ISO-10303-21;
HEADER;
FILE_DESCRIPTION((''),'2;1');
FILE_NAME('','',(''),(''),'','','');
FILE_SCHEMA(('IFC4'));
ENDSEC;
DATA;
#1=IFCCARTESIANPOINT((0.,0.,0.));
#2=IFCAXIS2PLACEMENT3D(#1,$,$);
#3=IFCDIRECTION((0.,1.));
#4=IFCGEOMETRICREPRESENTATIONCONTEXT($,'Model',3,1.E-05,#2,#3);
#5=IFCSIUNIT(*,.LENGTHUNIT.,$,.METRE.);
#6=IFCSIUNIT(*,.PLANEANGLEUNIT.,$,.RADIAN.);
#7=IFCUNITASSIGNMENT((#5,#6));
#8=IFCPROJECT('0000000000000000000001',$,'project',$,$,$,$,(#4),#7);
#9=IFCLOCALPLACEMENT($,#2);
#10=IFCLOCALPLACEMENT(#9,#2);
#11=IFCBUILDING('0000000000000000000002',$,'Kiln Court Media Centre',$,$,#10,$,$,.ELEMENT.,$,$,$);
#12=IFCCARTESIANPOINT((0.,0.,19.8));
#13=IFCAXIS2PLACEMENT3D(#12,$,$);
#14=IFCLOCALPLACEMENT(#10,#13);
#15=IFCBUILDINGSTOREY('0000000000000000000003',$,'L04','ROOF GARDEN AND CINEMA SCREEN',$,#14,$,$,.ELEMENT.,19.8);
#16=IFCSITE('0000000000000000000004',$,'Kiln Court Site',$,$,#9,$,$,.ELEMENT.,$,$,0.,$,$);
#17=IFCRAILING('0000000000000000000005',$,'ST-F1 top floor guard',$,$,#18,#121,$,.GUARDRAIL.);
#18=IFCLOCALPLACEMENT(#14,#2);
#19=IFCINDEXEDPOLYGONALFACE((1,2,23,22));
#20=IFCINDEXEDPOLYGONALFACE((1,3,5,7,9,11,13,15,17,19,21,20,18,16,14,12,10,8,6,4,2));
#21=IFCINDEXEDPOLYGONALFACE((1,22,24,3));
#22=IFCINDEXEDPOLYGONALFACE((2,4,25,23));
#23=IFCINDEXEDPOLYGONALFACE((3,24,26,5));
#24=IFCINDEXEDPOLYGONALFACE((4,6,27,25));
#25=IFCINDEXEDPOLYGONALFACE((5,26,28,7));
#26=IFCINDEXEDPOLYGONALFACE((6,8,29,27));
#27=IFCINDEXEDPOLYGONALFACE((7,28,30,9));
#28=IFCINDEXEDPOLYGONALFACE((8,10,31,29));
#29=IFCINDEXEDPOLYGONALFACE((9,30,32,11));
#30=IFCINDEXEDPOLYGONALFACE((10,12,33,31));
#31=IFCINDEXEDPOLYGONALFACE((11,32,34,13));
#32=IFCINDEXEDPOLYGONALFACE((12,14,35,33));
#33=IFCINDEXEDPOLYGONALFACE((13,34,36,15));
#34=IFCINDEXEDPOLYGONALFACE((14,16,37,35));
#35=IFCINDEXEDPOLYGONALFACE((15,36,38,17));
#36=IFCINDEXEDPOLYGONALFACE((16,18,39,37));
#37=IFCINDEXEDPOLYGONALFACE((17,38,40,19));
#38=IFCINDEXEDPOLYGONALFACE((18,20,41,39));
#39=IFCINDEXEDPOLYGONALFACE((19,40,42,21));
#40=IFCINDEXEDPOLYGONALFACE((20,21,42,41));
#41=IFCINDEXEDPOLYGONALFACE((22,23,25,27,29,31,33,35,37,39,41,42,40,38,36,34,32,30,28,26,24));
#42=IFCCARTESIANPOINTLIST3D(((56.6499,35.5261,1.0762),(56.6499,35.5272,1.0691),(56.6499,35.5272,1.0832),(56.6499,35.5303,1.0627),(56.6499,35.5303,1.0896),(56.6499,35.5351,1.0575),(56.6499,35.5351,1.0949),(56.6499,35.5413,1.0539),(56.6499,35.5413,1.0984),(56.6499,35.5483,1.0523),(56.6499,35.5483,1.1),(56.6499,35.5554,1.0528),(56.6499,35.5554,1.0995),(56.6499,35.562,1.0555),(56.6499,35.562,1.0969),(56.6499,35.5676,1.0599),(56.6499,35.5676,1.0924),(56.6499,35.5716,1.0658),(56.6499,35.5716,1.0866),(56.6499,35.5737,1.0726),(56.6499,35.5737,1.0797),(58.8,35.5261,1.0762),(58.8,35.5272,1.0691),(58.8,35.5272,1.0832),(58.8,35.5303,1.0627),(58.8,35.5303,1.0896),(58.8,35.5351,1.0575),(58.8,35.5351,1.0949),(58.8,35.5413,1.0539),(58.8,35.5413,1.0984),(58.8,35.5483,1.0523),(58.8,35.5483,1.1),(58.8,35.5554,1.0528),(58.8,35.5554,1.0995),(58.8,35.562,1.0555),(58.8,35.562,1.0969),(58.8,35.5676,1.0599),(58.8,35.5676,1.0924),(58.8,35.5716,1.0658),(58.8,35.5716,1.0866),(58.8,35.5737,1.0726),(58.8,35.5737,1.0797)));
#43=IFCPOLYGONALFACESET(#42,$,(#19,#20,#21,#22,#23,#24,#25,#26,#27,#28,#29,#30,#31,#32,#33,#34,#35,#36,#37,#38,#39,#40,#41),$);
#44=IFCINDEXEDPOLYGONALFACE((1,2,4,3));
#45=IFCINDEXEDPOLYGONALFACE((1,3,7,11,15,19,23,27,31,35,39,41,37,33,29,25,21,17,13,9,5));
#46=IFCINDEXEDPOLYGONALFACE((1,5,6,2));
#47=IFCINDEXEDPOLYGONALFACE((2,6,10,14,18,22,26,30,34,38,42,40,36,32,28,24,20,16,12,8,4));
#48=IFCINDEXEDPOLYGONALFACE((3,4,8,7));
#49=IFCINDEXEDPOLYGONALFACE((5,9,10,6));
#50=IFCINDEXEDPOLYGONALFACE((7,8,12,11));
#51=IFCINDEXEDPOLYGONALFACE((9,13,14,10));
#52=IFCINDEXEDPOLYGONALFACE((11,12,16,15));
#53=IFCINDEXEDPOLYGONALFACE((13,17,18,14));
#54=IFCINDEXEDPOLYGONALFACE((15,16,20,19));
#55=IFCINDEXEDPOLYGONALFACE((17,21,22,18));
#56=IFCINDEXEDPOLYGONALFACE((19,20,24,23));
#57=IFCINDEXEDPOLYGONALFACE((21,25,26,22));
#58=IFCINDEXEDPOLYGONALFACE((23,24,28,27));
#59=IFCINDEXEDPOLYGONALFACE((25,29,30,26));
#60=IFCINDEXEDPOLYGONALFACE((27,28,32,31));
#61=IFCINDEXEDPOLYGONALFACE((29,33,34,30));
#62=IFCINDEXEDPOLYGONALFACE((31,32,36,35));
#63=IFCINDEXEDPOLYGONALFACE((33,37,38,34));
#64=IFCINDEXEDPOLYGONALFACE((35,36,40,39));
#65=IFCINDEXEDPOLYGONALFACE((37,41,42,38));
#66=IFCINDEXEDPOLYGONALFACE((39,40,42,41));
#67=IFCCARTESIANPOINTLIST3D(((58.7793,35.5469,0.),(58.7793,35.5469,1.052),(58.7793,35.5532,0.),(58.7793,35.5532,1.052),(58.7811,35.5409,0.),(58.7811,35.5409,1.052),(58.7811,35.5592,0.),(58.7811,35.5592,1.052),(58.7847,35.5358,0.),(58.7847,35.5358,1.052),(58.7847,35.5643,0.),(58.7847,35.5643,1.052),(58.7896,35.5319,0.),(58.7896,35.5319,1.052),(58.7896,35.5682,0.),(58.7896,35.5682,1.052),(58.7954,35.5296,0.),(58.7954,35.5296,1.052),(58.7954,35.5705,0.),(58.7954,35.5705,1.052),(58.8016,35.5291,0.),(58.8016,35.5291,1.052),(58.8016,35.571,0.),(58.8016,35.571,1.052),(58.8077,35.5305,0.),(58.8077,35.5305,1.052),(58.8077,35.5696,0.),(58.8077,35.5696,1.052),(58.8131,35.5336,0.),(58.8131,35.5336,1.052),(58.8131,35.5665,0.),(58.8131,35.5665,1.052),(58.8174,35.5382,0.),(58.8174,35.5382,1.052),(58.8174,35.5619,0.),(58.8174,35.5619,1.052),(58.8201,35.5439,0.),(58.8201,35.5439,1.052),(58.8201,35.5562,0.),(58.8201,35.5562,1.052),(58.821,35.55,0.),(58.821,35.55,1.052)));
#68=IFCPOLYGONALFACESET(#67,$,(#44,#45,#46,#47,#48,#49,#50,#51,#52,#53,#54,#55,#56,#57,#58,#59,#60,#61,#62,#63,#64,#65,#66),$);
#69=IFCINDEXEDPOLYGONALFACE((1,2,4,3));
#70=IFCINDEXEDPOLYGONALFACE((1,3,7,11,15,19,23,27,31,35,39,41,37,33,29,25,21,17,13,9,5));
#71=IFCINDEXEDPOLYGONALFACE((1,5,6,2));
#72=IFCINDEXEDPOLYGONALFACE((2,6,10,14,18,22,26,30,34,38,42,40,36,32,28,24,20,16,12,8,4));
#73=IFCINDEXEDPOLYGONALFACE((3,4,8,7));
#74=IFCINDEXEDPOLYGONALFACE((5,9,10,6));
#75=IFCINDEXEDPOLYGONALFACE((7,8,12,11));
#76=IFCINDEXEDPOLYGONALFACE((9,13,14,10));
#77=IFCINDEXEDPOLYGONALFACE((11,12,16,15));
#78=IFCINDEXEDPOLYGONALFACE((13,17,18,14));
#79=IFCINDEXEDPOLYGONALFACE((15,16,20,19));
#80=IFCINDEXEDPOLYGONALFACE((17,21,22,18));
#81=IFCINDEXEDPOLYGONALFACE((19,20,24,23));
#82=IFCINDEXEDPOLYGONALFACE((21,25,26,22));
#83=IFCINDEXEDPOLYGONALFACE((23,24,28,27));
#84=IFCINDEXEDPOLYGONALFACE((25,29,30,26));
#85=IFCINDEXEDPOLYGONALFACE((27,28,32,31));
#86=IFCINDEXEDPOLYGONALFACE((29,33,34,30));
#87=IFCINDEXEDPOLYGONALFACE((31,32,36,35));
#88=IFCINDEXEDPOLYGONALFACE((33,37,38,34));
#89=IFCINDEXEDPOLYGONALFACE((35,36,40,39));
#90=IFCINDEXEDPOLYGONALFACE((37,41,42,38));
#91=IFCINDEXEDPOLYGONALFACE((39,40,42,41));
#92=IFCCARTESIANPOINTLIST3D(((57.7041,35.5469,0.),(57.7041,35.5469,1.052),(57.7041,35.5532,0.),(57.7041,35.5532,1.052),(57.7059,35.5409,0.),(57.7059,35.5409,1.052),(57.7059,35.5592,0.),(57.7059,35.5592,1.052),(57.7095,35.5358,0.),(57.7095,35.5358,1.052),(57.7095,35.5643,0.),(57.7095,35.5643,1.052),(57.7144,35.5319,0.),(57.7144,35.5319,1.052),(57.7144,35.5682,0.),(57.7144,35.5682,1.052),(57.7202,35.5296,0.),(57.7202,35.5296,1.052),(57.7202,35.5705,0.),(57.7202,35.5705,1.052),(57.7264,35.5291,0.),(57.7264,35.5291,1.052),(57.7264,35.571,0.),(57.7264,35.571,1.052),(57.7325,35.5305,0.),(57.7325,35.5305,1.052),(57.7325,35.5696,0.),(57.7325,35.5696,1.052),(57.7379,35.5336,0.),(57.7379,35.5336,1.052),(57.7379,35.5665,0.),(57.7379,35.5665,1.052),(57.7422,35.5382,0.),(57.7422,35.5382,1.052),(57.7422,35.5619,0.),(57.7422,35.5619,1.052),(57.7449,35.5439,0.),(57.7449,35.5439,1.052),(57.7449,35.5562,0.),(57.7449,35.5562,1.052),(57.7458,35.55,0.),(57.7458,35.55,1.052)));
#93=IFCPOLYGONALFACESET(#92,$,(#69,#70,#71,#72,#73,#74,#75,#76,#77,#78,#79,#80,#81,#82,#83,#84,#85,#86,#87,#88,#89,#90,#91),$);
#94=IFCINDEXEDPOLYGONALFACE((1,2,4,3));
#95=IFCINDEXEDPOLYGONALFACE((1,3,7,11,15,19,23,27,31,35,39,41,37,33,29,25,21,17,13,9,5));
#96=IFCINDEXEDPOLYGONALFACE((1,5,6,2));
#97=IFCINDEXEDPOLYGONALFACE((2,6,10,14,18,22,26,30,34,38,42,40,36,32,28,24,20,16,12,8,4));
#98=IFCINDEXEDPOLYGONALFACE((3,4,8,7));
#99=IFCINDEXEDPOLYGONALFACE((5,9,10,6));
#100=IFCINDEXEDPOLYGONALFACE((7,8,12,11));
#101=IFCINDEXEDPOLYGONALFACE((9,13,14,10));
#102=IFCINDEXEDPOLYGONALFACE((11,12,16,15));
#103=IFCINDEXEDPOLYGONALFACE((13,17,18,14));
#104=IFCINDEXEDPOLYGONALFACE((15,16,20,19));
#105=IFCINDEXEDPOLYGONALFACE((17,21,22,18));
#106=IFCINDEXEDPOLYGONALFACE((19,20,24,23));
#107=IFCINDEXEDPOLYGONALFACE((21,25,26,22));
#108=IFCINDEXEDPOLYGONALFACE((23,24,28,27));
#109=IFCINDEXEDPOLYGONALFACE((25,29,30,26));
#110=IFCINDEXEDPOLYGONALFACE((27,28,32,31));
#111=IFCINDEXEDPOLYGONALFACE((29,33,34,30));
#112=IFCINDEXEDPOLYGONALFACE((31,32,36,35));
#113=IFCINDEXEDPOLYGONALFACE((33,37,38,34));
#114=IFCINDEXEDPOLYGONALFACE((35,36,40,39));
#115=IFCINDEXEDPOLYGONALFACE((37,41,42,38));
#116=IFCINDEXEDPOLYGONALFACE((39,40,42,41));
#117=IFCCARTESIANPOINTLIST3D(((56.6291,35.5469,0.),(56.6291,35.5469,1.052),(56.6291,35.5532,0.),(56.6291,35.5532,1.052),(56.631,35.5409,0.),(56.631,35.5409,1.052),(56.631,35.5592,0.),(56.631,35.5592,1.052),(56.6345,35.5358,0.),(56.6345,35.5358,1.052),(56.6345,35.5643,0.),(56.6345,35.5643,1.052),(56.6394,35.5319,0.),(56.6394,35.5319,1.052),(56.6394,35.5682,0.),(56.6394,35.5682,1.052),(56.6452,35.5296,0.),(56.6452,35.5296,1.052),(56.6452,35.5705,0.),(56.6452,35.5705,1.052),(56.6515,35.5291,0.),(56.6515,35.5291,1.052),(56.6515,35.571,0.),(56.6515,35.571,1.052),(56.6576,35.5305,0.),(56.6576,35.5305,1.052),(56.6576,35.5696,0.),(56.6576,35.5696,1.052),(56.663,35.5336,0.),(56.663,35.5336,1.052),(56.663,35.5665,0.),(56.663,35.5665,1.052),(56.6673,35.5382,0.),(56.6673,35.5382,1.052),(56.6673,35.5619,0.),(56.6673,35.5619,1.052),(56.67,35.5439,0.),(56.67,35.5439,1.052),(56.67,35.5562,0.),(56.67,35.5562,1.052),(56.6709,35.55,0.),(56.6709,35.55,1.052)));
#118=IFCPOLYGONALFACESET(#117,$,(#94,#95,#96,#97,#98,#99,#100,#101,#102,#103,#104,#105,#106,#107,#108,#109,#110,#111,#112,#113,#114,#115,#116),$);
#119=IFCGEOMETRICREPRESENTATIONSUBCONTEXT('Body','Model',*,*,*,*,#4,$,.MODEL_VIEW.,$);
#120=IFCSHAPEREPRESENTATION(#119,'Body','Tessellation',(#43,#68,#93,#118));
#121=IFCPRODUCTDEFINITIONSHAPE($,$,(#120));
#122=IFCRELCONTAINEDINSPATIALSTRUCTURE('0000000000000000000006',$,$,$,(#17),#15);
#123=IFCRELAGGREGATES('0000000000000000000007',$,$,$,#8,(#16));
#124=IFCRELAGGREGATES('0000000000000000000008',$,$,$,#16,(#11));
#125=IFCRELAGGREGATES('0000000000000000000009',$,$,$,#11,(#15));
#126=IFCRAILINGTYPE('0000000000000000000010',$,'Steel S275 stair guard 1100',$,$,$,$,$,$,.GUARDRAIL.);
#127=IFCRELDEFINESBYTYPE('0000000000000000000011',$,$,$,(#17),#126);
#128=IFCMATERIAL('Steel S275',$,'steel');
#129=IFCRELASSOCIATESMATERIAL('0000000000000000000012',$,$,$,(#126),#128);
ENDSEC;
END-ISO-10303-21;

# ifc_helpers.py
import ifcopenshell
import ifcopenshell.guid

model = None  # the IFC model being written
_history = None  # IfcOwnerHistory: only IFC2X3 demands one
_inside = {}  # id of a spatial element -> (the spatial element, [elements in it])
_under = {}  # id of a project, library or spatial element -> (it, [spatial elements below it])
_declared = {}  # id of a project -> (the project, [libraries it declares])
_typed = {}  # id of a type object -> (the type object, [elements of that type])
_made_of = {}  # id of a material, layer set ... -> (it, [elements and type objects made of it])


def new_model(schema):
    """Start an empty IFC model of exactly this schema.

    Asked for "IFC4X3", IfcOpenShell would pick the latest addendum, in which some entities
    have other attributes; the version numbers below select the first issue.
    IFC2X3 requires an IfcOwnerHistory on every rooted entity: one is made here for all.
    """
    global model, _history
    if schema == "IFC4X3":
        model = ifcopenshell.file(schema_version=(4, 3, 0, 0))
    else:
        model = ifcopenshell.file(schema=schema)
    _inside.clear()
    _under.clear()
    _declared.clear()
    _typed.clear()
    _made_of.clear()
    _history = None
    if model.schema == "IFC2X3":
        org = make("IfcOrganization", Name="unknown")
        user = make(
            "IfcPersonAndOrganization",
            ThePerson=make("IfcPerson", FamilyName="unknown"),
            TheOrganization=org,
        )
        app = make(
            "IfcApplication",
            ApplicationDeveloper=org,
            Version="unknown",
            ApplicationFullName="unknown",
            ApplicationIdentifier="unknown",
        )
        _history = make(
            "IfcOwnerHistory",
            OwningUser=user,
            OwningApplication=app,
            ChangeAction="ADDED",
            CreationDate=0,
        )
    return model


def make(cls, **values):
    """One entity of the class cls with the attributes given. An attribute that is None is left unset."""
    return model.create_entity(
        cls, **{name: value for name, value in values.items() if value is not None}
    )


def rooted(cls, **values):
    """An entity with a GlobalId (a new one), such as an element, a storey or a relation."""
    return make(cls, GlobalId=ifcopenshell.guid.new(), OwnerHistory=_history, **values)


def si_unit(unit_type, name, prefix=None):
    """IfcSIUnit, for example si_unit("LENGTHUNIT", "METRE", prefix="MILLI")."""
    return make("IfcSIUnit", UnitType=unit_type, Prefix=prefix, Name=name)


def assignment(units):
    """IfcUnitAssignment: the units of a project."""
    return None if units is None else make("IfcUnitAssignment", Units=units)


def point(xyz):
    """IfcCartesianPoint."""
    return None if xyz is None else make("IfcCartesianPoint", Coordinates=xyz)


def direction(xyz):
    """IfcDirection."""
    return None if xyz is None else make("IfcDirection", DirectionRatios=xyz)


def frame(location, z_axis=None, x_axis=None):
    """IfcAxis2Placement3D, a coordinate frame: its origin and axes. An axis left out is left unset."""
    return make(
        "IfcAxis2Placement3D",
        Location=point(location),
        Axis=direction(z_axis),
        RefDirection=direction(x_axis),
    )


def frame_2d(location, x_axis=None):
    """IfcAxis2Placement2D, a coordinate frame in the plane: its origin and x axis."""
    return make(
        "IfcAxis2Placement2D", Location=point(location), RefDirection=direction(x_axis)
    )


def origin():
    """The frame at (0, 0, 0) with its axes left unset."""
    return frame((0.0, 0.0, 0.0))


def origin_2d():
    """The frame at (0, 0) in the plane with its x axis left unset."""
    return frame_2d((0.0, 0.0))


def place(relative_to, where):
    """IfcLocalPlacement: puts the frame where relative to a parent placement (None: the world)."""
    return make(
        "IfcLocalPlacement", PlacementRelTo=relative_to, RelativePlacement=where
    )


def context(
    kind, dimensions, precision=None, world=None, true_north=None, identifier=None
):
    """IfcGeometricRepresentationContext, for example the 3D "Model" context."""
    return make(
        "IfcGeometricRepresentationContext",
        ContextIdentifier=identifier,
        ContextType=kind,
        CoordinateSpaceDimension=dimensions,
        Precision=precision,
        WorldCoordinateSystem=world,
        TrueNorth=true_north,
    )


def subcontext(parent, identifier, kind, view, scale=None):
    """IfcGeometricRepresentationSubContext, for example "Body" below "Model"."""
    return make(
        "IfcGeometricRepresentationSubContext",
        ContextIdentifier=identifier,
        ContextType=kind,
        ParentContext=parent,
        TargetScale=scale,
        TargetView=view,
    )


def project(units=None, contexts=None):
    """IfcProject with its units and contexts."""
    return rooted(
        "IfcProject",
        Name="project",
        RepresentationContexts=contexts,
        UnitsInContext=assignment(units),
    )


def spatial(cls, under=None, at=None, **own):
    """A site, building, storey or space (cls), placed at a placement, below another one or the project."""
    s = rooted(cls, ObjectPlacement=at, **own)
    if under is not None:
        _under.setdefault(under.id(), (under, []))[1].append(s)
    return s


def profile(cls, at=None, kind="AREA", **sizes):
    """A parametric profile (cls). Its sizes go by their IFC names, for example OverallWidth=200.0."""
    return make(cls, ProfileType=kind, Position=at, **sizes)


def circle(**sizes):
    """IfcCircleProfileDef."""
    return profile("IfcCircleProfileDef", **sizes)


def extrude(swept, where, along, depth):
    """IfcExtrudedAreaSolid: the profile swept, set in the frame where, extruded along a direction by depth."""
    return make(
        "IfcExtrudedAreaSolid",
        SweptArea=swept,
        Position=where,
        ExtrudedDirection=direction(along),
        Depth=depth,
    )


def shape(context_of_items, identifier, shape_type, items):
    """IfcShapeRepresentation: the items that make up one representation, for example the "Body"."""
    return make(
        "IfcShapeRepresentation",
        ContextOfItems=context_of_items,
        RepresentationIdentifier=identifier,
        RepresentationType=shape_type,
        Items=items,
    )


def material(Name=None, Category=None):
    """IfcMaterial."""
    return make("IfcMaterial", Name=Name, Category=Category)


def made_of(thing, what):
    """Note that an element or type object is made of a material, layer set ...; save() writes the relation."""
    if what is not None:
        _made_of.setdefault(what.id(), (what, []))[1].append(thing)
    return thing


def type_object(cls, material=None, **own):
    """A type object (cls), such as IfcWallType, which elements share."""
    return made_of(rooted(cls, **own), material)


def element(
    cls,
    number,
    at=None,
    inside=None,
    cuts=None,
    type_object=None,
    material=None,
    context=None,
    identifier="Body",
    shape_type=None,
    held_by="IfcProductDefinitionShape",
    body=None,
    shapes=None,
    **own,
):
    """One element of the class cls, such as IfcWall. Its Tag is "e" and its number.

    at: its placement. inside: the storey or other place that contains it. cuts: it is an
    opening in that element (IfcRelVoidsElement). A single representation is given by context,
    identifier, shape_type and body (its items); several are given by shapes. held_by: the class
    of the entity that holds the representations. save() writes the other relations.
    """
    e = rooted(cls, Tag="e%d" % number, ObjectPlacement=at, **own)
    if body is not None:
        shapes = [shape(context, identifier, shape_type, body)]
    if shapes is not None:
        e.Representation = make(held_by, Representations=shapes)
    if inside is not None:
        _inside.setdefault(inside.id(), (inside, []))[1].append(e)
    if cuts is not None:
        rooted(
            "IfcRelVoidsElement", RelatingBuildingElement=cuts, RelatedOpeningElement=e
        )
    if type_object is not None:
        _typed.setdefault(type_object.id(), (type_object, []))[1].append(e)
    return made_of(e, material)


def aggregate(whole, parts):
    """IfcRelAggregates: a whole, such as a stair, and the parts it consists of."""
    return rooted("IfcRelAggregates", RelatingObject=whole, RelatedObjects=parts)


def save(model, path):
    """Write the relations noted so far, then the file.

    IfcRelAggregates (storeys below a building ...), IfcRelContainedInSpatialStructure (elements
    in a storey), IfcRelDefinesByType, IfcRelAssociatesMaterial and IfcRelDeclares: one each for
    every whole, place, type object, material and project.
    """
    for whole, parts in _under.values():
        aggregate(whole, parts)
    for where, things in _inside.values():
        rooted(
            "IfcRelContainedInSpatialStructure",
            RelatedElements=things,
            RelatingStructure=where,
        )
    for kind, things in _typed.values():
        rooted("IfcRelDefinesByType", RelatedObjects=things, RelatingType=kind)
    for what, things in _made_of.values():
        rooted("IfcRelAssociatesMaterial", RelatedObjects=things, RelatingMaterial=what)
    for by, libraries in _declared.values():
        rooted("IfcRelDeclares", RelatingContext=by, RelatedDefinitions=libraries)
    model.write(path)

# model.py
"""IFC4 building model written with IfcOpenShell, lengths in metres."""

from ifc_helpers import new_model, si_unit, direction, frame, origin, origin_2d, place, context, subcontext, project, spatial, circle, extrude, material, type_object, element, save


model = new_model("IFC4")

# Units and contexts
model_context = context("Model", 3, precision=1e-05, world=origin(), true_north=direction((0.0, 1.0)))
body_context = subcontext(model_context, "Body", "Model", "MODEL_VIEW")
ifc_project = project(units=[si_unit("LENGTHUNIT", "METRE"), si_unit("PLANEANGLEUNIT", "RADIAN")], contexts=[model_context])

# Site, building, storey
site_placement = place(None, origin())
site = spatial("IfcSite", under=ifc_project, at=site_placement, Name="Kiln Court Site", CompositionType="ELEMENT", RefElevation=0.0)
building_placement = place(site_placement, origin())
building = spatial("IfcBuilding", under=site, at=building_placement, Name="Kiln Court Media Centre", CompositionType="ELEMENT")
storey_placement = place(building_placement, frame((0.0, 0.0, 19.8)))
storey = spatial("IfcBuildingStorey", under=building, at=storey_placement, Name="L04", Description="ROOF GARDEN AND CINEMA SCREEN", CompositionType="ELEMENT", Elevation=19.8)

# Railing
ifc_material_1 = material(Name="Steel S275", Category="steel")
railing_type = type_object("IfcRailingType", Name="Steel S275 stair guard 1100", PredefinedType="GUARDRAIL", material=ifc_material_1)
railing_1_placement = place(storey_placement, frame((58.8, 35.55, 0.0)))
element("IfcRailing", 1, at=railing_1_placement, inside=storey, type_object=railing_type, Name="ST-F1 top floor guard", PredefinedType="GUARDRAIL", context=body_context, shape_type="SweptSolid", body=[
    extrude(circle(Radius=0.0239, at=origin_2d()), frame((0.0, 0.0, 1.0762), z_axis=(-1.0, 0.0, 0.0), x_axis=(0.0, -1.0, 0.0)), (0.0, 0.0, 1.0), 2.1501),
    extrude(circle(Radius=0.021, at=origin_2d()), origin(), (0.0, 0.0, 1.0), 1.052),
    extrude(circle(Radius=0.021, at=origin_2d()), frame((-1.0752, 0.0, 0.0)), (0.0, 0.0, 1.0), 1.052),
    extrude(circle(Radius=0.021, at=origin_2d()), frame((-2.1501, 0.0, 0.0)), (0.0, 0.0, 1.0), 1.052),
])

save(model, "model.ifc")
